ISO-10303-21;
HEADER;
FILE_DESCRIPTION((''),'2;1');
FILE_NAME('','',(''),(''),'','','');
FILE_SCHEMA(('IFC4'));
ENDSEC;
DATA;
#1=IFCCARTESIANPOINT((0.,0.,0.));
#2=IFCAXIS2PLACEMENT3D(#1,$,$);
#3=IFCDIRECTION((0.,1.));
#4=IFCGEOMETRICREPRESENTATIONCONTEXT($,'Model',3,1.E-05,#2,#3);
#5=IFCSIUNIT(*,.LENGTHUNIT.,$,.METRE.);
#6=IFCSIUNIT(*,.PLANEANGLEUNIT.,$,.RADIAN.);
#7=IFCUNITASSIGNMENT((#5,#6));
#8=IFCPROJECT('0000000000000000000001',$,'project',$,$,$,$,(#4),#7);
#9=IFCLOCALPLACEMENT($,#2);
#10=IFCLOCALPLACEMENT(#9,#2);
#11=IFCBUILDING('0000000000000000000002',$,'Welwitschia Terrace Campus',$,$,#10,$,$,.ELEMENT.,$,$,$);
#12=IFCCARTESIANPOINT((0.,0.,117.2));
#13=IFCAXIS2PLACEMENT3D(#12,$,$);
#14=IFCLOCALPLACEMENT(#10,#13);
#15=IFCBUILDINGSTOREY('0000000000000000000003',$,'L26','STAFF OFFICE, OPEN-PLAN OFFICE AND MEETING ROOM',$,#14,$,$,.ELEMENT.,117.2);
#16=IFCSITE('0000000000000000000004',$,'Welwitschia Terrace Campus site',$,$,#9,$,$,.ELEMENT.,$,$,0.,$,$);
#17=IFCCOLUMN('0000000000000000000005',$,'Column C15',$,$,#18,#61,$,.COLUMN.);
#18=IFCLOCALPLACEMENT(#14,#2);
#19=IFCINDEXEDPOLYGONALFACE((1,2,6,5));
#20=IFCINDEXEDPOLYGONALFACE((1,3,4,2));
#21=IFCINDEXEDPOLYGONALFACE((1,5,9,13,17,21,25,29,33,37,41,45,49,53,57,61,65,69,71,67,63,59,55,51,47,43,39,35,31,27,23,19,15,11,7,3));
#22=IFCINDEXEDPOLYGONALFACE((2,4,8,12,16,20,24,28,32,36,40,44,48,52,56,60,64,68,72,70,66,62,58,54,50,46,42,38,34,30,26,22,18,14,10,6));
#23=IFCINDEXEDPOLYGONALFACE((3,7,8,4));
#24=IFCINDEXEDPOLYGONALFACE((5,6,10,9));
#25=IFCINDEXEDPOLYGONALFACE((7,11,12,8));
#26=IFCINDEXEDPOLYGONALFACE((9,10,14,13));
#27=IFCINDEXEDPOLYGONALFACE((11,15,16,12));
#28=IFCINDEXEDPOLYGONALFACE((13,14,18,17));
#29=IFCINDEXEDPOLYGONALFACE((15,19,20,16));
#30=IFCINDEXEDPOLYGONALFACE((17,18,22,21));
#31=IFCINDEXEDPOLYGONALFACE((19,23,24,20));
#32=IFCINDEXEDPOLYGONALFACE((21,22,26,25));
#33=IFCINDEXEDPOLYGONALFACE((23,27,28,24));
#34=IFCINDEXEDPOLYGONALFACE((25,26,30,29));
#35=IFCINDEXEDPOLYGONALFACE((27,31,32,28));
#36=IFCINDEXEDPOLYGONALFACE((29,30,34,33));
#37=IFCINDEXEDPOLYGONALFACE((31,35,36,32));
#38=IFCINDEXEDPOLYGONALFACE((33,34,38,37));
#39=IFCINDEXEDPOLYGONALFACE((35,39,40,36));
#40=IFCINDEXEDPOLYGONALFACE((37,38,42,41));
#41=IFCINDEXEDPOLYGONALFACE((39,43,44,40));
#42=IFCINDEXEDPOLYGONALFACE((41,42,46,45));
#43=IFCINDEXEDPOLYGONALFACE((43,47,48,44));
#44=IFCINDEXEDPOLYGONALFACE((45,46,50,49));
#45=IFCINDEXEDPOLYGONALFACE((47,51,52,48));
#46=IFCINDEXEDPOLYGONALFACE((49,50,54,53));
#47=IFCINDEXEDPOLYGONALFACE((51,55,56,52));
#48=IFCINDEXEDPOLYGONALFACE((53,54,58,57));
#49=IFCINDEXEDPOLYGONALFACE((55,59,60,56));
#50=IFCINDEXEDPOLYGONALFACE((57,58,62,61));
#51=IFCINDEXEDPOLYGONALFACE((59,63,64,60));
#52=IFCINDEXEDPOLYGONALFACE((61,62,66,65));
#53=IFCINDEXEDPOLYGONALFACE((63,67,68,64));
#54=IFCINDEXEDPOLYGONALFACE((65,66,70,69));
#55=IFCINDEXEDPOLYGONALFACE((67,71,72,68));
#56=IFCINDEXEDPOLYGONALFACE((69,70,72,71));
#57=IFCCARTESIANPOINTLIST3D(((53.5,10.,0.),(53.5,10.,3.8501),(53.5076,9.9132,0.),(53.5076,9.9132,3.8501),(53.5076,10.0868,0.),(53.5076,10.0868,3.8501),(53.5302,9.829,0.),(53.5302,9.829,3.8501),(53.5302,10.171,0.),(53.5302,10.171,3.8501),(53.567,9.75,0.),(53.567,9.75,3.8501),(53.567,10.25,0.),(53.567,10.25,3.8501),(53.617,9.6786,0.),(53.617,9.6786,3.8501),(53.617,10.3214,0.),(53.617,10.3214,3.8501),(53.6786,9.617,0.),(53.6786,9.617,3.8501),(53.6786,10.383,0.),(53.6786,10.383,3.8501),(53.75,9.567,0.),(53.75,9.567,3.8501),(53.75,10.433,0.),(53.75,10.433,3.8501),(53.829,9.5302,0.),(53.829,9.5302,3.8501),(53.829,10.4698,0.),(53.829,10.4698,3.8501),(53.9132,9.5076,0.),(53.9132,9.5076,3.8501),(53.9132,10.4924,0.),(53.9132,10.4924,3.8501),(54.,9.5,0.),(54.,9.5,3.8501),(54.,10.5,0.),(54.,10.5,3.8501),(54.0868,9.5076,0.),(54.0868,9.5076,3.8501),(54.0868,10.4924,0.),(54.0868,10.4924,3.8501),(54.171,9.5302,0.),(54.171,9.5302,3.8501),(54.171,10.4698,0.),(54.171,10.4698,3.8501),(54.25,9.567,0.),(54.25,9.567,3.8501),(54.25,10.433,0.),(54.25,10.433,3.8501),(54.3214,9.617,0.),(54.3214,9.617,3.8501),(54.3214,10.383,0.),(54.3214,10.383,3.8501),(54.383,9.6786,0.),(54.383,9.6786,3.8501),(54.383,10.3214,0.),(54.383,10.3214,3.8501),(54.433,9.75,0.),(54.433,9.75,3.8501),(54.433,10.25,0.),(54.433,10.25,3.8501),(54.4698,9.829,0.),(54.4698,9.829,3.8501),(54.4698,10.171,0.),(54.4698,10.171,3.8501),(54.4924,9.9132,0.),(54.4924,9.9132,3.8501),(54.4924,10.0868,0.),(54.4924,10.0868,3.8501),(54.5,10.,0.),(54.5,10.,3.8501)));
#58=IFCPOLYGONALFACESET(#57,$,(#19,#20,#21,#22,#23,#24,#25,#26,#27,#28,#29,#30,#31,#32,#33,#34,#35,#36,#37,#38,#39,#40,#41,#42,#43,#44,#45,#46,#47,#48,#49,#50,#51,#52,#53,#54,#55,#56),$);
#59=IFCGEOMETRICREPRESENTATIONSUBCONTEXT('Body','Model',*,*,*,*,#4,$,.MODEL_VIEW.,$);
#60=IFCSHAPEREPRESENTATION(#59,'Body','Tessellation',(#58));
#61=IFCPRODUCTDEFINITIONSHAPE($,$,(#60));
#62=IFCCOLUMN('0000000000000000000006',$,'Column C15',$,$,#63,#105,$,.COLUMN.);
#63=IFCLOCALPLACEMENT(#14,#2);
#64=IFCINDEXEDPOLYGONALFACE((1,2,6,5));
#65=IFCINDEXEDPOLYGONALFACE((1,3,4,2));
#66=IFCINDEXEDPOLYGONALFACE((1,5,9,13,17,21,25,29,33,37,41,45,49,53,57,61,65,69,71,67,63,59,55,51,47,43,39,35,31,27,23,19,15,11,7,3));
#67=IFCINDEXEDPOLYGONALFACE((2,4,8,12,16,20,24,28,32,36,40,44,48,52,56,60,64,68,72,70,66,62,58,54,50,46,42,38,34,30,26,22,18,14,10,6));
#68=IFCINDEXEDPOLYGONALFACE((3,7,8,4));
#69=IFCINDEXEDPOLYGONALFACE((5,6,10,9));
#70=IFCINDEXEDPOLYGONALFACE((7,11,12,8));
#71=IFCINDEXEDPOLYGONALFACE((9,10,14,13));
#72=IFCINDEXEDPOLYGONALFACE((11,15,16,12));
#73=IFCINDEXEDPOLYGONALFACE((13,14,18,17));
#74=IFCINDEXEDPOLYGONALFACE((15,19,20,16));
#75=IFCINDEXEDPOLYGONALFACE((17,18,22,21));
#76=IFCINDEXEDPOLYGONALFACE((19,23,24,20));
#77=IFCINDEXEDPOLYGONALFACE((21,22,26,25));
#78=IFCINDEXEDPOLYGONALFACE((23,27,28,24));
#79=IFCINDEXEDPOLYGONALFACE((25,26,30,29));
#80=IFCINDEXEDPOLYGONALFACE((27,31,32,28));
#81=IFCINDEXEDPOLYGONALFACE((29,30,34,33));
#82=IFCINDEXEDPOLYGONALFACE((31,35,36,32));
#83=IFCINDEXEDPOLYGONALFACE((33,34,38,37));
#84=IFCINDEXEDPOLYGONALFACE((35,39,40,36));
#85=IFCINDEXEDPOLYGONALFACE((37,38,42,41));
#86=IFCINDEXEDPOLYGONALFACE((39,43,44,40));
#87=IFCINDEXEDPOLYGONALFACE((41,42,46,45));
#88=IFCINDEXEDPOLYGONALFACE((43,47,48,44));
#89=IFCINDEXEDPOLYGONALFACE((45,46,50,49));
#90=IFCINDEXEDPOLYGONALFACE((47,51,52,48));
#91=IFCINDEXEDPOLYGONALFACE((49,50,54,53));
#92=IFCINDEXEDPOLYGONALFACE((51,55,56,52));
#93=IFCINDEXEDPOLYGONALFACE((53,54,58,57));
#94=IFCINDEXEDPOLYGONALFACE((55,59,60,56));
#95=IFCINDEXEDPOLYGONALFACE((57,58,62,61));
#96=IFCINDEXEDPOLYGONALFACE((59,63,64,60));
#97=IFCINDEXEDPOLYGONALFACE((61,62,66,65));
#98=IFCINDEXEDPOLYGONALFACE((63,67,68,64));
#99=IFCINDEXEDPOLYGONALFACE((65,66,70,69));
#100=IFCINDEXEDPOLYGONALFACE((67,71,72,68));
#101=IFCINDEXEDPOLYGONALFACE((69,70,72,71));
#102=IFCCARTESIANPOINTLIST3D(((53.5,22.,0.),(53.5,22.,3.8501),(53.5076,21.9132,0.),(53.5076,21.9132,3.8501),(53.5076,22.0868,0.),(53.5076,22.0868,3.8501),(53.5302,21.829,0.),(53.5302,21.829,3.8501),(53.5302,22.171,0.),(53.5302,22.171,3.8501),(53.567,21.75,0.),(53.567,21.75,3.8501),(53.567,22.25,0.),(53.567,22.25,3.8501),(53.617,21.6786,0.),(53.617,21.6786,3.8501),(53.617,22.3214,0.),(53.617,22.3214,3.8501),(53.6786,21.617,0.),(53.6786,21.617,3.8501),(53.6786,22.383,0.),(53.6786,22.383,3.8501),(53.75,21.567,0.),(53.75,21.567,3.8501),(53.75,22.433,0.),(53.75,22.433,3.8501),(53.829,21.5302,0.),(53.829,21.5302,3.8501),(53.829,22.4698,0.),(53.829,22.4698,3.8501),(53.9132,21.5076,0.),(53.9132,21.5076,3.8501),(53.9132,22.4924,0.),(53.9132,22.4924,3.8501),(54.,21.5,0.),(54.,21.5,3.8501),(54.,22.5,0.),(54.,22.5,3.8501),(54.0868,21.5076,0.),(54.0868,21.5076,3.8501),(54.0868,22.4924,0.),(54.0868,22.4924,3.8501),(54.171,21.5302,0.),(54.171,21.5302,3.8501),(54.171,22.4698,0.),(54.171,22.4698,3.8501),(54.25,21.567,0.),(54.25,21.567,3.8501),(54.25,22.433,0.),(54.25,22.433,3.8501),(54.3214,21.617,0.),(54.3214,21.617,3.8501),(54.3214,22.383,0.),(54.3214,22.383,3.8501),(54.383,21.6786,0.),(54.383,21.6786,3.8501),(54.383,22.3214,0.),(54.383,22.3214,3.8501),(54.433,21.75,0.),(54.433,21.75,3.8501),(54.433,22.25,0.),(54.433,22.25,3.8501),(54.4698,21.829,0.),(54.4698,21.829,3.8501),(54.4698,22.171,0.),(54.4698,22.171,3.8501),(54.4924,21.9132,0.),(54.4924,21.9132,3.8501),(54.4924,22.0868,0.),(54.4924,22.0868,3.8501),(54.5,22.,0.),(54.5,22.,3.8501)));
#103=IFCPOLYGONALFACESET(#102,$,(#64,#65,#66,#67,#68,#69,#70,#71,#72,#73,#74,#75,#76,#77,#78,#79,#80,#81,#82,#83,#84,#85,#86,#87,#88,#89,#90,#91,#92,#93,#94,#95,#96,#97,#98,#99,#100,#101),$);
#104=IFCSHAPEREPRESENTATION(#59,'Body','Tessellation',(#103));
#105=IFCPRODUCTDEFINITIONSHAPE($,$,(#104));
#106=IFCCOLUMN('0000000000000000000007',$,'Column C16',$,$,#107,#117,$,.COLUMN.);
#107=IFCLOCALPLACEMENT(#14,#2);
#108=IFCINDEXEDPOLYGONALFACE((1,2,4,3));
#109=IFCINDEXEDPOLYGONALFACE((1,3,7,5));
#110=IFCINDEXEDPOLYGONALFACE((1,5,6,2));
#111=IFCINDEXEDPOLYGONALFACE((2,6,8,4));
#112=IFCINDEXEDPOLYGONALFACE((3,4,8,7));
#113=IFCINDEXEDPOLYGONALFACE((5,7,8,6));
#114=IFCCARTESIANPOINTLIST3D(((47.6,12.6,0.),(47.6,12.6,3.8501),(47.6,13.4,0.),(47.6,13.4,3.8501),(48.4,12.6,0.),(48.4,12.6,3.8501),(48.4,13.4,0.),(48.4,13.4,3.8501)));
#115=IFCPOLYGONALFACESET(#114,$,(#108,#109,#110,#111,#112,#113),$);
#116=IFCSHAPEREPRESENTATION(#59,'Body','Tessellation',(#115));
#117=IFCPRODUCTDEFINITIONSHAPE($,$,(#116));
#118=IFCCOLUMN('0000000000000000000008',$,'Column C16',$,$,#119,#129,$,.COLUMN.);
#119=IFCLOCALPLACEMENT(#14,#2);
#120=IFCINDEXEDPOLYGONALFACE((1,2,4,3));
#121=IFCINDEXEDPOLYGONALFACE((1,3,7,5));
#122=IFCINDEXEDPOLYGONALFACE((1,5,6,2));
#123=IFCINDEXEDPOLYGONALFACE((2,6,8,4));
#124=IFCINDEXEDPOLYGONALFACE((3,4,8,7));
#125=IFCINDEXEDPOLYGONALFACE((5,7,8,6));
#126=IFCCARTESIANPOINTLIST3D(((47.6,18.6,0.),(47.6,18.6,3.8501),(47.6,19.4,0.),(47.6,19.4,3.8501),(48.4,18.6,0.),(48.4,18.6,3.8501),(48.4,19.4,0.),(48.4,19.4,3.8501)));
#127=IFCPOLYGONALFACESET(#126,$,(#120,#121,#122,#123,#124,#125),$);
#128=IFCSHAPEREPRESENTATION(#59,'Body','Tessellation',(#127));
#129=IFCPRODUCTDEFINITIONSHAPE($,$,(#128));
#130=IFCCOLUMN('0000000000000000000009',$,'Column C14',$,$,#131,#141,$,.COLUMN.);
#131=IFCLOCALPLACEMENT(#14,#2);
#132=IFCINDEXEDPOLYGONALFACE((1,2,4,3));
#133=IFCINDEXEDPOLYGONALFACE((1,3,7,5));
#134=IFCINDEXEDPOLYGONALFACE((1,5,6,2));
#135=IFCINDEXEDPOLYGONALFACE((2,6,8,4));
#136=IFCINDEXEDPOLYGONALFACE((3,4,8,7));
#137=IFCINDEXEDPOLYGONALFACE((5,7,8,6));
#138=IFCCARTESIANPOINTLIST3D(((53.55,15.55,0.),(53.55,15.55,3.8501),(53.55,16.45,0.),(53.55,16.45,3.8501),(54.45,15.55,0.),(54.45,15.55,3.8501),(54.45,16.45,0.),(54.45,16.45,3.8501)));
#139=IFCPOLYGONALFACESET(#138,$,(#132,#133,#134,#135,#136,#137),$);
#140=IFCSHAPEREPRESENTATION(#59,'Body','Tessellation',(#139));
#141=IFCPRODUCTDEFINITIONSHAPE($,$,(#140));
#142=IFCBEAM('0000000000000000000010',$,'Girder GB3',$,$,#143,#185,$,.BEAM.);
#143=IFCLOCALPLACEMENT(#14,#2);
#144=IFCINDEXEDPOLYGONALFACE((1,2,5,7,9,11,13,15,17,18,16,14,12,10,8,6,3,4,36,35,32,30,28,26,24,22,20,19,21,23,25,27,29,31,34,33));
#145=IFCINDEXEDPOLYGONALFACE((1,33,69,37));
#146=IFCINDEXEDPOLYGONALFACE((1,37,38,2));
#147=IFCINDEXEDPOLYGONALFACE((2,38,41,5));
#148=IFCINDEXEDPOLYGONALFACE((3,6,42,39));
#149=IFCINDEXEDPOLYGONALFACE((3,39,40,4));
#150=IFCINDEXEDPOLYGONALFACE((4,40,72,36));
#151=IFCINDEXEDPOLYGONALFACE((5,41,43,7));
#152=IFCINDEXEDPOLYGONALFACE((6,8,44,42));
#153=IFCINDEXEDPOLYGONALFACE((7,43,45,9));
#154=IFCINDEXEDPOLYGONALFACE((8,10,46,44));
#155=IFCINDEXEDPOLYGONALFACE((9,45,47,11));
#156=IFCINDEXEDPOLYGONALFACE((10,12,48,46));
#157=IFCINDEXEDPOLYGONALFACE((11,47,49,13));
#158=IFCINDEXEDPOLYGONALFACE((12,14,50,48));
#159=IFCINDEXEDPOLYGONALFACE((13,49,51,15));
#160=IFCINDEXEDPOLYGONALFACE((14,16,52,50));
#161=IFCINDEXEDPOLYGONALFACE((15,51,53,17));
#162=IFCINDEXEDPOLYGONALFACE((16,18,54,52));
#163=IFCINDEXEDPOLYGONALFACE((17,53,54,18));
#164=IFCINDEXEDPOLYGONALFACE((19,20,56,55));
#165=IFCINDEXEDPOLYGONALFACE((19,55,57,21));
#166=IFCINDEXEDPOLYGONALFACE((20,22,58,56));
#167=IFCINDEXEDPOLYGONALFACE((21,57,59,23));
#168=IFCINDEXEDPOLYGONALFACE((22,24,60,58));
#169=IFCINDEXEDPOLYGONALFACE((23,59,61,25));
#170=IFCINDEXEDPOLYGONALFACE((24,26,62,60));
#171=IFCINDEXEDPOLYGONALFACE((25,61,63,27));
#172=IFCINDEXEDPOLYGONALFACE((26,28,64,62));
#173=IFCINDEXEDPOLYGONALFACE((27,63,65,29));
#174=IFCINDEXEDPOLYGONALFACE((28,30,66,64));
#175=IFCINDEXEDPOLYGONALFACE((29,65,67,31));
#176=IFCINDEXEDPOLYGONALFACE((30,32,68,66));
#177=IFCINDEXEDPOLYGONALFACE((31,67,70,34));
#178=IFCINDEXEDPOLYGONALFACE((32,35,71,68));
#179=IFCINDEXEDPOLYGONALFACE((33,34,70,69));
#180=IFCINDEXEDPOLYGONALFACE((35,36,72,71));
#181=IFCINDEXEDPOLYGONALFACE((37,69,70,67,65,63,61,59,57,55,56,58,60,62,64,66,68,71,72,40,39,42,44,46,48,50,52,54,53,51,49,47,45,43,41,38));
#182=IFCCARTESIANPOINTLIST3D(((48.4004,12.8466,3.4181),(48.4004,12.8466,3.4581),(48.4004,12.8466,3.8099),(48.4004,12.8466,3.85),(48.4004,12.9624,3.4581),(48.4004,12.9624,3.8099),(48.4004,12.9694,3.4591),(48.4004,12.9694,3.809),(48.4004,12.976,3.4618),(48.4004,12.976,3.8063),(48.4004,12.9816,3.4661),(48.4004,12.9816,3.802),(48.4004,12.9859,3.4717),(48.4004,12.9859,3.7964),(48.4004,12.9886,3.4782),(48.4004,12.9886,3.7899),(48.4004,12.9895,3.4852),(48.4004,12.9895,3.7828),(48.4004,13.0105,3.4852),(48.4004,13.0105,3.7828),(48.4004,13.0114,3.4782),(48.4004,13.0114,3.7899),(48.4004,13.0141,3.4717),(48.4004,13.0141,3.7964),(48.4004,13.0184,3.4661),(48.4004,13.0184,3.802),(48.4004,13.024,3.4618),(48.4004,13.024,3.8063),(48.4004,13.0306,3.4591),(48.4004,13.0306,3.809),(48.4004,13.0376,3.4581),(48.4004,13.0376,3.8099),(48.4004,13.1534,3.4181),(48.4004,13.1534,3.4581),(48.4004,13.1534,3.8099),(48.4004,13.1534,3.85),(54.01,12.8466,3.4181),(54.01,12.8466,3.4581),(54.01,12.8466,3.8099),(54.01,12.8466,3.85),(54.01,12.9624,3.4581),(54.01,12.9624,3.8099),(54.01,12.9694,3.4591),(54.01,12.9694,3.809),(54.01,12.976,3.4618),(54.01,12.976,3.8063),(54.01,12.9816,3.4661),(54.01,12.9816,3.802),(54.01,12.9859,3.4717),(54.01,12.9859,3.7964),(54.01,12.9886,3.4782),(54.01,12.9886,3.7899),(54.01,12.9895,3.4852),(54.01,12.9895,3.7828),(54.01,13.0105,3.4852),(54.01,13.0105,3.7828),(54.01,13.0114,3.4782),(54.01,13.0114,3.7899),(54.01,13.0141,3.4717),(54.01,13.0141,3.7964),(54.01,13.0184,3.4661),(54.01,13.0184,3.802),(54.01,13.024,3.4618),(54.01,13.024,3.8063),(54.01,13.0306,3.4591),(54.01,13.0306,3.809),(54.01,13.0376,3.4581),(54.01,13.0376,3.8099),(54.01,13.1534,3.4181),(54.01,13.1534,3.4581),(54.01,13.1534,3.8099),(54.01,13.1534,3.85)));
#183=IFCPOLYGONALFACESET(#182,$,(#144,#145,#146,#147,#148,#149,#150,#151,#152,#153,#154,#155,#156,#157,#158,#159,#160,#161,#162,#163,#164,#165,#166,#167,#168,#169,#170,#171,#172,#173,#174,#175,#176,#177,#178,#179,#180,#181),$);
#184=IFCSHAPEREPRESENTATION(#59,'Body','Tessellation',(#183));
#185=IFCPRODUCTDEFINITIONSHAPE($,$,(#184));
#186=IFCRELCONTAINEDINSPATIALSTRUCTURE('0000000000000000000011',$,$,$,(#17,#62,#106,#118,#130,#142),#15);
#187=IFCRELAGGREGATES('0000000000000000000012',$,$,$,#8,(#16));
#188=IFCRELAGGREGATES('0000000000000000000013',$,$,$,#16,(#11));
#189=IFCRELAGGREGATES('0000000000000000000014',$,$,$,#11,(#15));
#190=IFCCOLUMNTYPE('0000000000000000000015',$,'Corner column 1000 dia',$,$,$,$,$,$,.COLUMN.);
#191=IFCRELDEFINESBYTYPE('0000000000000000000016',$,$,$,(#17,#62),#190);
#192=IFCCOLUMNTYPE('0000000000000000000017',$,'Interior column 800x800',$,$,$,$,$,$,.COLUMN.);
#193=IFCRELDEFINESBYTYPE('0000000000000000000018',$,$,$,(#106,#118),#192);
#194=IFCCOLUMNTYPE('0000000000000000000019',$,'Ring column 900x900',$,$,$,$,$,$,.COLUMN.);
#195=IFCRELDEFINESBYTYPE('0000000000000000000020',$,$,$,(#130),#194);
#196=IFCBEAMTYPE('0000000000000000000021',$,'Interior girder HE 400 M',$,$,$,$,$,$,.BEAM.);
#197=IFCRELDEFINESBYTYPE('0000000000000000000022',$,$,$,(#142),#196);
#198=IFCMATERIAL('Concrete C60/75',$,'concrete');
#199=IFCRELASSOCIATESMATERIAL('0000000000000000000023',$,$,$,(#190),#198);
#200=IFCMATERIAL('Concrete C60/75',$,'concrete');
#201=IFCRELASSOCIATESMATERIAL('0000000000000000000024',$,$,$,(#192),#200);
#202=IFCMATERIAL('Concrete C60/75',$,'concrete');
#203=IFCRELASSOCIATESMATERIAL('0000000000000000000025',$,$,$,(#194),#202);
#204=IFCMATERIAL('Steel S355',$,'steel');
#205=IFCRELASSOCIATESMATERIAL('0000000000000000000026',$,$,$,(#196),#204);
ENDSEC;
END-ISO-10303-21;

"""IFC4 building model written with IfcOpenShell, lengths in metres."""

from ifc_helpers import new_model, si_unit, direction, frame, origin, origin_2d, place, context, subcontext, project, spatial, rectangle, circle, i_section, extrude, material, material_profile, profile_set, type_object, element, save


model = new_model("IFC4")

# Units and contexts
model_context = context("Model", 3, precision=1e-05, world=origin(), true_north=direction((0.0, 1.0)))
body_context = subcontext(model_context, "Body", "Model", "MODEL_VIEW")
ifc_project = project(units=[si_unit("LENGTHUNIT", "METRE"), si_unit("PLANEANGLEUNIT", "RADIAN")], contexts=[model_context])

# Site, building, storey
site_placement = place(None, origin())
site = spatial("IfcSite", under=ifc_project, at=site_placement, Name="Welwitschia Terrace Campus site", CompositionType="ELEMENT", RefElevation=0.0)
building_placement = place(site_placement, origin())
building = spatial("IfcBuilding", under=site, at=building_placement, Name="Welwitschia Terrace Campus", CompositionType="ELEMENT")
storey_placement = place(building_placement, frame((0.0, 0.0, 117.2)))
storey = spatial("IfcBuildingStorey", under=building, at=storey_placement, Name="L26", Description="STAFF OFFICE, OPEN-PLAN OFFICE AND MEETING ROOM", CompositionType="ELEMENT", Elevation=117.2)

# Columns
ifc_material_1 = material(Name="Concrete C60/75", Category="concrete")
ifc_material_profile_1 = material_profile(ifc_material_1, circle(Radius=0.5, at=origin_2d()))
ifc_profile_set_1 = profile_set([ifc_material_profile_1], Name="Concrete C60/75")
column_type_1 = type_object("IfcColumnType", Name="Corner column 1000 dia", PredefinedType="COLUMN", material=ifc_profile_set_1)
for number, where, z_axis, x_axis, name in (
    (1, (54.0, 10.0, 0.0), (0.0, 0.0, 1.0), (1.0, 0.0, 0.0), "Column C15"),
    (2, (54.0, 22.0, 0.0), (0.0, 0.0, 1.0), (1.0, 0.0, 0.0), "Column C15"),
):
    element("IfcColumn", number, at=place(storey_placement, frame(where, z_axis=z_axis, x_axis=x_axis)), inside=storey, type_object=column_type_1, Name=name, PredefinedType="COLUMN", context=body_context, shape_type="SweptSolid", body=[
        extrude(circle(Radius=0.5, at=origin_2d()), origin(), (0.0, 0.0, 1.0), 3.8501),
    ])
ifc_material_2 = material(Name="Concrete C60/75", Category="concrete")
ifc_material_profile_2 = material_profile(ifc_material_2, rectangle(XDim=0.8, YDim=0.8, at=origin_2d()))
ifc_profile_set_2 = profile_set([ifc_material_profile_2], Name="Concrete C60/75")
column_type_2 = type_object("IfcColumnType", Name="Interior column 800x800", PredefinedType="COLUMN", material=ifc_profile_set_2)
for number, where, z_axis, x_axis, name in (
    (3, (48.0, 13.0, 0.0), (0.0, 0.0, 1.0), (1.0, 0.0, 0.0), "Column C16"),
    (4, (48.0, 19.0, 0.0), (0.0, 0.0, 1.0), (1.0, 0.0, 0.0), "Column C16"),
):
    element("IfcColumn", number, at=place(storey_placement, frame(where, z_axis=z_axis, x_axis=x_axis)), inside=storey, type_object=column_type_2, Name=name, PredefinedType="COLUMN", context=body_context, shape_type="SweptSolid", body=[
        extrude(rectangle(XDim=0.8, YDim=0.8, at=origin_2d()), origin(), (0.0, 0.0, 1.0), 3.8501),
    ])
ifc_material_3 = material(Name="Concrete C60/75", Category="concrete")
ifc_material_profile_3 = material_profile(ifc_material_3, rectangle(XDim=0.8999, YDim=0.8999, at=origin_2d()))
ifc_profile_set_3 = profile_set([ifc_material_profile_3], Name="Concrete C60/75")
column_type_3 = type_object("IfcColumnType", Name="Ring column 900x900", PredefinedType="COLUMN", material=ifc_profile_set_3)
column_placement = place(storey_placement, frame((54.0, 16.0, 0.0), z_axis=(0.0, 0.0, 1.0), x_axis=(1.0, 0.0, 0.0)))
element("IfcColumn", 5, at=column_placement, inside=storey, type_object=column_type_3, Name="Column C14", PredefinedType="COLUMN", context=body_context, shape_type="SweptSolid", body=[
    extrude(rectangle(XDim=0.8999, YDim=0.8999, at=origin_2d()), origin(), (0.0, 0.0, 1.0), 3.8501),
])

# Beam
ifc_material_4 = material(Name="Steel S355", Category="steel")
ifc_material_profile_4 = material_profile(ifc_material_4, i_section(OverallWidth=0.3069, OverallDepth=0.4319, WebThickness=0.021, FlangeThickness=0.04, FilletRadius=0.0271, at=origin_2d()))
ifc_profile_set_4 = profile_set([ifc_material_profile_4], Name="Steel S355")
beam_type_1 = type_object("IfcBeamType", Name="Interior girder HE 400 M", PredefinedType="BEAM", material=ifc_profile_set_4)
for number, where, z_axis, x_axis, name in (
    (6, (48.4004, 13.0, 3.634), (1.0, 0.0, 0.0), (0.0, 1.0, 0.0), "Girder GB3"),
):
    element("IfcBeam", number, at=place(storey_placement, frame(where, z_axis=z_axis, x_axis=x_axis)), inside=storey, type_object=beam_type_1, Name=name, PredefinedType="BEAM", context=body_context, shape_type="SweptSolid", body=[
        extrude(i_section(OverallWidth=0.3069, OverallDepth=0.4319, WebThickness=0.021, FlangeThickness=0.04, FilletRadius=0.0271, at=origin_2d()), origin(), (0.0, 0.0, 1.0), 5.6096),
    ])

save(model, "model.ifc")
